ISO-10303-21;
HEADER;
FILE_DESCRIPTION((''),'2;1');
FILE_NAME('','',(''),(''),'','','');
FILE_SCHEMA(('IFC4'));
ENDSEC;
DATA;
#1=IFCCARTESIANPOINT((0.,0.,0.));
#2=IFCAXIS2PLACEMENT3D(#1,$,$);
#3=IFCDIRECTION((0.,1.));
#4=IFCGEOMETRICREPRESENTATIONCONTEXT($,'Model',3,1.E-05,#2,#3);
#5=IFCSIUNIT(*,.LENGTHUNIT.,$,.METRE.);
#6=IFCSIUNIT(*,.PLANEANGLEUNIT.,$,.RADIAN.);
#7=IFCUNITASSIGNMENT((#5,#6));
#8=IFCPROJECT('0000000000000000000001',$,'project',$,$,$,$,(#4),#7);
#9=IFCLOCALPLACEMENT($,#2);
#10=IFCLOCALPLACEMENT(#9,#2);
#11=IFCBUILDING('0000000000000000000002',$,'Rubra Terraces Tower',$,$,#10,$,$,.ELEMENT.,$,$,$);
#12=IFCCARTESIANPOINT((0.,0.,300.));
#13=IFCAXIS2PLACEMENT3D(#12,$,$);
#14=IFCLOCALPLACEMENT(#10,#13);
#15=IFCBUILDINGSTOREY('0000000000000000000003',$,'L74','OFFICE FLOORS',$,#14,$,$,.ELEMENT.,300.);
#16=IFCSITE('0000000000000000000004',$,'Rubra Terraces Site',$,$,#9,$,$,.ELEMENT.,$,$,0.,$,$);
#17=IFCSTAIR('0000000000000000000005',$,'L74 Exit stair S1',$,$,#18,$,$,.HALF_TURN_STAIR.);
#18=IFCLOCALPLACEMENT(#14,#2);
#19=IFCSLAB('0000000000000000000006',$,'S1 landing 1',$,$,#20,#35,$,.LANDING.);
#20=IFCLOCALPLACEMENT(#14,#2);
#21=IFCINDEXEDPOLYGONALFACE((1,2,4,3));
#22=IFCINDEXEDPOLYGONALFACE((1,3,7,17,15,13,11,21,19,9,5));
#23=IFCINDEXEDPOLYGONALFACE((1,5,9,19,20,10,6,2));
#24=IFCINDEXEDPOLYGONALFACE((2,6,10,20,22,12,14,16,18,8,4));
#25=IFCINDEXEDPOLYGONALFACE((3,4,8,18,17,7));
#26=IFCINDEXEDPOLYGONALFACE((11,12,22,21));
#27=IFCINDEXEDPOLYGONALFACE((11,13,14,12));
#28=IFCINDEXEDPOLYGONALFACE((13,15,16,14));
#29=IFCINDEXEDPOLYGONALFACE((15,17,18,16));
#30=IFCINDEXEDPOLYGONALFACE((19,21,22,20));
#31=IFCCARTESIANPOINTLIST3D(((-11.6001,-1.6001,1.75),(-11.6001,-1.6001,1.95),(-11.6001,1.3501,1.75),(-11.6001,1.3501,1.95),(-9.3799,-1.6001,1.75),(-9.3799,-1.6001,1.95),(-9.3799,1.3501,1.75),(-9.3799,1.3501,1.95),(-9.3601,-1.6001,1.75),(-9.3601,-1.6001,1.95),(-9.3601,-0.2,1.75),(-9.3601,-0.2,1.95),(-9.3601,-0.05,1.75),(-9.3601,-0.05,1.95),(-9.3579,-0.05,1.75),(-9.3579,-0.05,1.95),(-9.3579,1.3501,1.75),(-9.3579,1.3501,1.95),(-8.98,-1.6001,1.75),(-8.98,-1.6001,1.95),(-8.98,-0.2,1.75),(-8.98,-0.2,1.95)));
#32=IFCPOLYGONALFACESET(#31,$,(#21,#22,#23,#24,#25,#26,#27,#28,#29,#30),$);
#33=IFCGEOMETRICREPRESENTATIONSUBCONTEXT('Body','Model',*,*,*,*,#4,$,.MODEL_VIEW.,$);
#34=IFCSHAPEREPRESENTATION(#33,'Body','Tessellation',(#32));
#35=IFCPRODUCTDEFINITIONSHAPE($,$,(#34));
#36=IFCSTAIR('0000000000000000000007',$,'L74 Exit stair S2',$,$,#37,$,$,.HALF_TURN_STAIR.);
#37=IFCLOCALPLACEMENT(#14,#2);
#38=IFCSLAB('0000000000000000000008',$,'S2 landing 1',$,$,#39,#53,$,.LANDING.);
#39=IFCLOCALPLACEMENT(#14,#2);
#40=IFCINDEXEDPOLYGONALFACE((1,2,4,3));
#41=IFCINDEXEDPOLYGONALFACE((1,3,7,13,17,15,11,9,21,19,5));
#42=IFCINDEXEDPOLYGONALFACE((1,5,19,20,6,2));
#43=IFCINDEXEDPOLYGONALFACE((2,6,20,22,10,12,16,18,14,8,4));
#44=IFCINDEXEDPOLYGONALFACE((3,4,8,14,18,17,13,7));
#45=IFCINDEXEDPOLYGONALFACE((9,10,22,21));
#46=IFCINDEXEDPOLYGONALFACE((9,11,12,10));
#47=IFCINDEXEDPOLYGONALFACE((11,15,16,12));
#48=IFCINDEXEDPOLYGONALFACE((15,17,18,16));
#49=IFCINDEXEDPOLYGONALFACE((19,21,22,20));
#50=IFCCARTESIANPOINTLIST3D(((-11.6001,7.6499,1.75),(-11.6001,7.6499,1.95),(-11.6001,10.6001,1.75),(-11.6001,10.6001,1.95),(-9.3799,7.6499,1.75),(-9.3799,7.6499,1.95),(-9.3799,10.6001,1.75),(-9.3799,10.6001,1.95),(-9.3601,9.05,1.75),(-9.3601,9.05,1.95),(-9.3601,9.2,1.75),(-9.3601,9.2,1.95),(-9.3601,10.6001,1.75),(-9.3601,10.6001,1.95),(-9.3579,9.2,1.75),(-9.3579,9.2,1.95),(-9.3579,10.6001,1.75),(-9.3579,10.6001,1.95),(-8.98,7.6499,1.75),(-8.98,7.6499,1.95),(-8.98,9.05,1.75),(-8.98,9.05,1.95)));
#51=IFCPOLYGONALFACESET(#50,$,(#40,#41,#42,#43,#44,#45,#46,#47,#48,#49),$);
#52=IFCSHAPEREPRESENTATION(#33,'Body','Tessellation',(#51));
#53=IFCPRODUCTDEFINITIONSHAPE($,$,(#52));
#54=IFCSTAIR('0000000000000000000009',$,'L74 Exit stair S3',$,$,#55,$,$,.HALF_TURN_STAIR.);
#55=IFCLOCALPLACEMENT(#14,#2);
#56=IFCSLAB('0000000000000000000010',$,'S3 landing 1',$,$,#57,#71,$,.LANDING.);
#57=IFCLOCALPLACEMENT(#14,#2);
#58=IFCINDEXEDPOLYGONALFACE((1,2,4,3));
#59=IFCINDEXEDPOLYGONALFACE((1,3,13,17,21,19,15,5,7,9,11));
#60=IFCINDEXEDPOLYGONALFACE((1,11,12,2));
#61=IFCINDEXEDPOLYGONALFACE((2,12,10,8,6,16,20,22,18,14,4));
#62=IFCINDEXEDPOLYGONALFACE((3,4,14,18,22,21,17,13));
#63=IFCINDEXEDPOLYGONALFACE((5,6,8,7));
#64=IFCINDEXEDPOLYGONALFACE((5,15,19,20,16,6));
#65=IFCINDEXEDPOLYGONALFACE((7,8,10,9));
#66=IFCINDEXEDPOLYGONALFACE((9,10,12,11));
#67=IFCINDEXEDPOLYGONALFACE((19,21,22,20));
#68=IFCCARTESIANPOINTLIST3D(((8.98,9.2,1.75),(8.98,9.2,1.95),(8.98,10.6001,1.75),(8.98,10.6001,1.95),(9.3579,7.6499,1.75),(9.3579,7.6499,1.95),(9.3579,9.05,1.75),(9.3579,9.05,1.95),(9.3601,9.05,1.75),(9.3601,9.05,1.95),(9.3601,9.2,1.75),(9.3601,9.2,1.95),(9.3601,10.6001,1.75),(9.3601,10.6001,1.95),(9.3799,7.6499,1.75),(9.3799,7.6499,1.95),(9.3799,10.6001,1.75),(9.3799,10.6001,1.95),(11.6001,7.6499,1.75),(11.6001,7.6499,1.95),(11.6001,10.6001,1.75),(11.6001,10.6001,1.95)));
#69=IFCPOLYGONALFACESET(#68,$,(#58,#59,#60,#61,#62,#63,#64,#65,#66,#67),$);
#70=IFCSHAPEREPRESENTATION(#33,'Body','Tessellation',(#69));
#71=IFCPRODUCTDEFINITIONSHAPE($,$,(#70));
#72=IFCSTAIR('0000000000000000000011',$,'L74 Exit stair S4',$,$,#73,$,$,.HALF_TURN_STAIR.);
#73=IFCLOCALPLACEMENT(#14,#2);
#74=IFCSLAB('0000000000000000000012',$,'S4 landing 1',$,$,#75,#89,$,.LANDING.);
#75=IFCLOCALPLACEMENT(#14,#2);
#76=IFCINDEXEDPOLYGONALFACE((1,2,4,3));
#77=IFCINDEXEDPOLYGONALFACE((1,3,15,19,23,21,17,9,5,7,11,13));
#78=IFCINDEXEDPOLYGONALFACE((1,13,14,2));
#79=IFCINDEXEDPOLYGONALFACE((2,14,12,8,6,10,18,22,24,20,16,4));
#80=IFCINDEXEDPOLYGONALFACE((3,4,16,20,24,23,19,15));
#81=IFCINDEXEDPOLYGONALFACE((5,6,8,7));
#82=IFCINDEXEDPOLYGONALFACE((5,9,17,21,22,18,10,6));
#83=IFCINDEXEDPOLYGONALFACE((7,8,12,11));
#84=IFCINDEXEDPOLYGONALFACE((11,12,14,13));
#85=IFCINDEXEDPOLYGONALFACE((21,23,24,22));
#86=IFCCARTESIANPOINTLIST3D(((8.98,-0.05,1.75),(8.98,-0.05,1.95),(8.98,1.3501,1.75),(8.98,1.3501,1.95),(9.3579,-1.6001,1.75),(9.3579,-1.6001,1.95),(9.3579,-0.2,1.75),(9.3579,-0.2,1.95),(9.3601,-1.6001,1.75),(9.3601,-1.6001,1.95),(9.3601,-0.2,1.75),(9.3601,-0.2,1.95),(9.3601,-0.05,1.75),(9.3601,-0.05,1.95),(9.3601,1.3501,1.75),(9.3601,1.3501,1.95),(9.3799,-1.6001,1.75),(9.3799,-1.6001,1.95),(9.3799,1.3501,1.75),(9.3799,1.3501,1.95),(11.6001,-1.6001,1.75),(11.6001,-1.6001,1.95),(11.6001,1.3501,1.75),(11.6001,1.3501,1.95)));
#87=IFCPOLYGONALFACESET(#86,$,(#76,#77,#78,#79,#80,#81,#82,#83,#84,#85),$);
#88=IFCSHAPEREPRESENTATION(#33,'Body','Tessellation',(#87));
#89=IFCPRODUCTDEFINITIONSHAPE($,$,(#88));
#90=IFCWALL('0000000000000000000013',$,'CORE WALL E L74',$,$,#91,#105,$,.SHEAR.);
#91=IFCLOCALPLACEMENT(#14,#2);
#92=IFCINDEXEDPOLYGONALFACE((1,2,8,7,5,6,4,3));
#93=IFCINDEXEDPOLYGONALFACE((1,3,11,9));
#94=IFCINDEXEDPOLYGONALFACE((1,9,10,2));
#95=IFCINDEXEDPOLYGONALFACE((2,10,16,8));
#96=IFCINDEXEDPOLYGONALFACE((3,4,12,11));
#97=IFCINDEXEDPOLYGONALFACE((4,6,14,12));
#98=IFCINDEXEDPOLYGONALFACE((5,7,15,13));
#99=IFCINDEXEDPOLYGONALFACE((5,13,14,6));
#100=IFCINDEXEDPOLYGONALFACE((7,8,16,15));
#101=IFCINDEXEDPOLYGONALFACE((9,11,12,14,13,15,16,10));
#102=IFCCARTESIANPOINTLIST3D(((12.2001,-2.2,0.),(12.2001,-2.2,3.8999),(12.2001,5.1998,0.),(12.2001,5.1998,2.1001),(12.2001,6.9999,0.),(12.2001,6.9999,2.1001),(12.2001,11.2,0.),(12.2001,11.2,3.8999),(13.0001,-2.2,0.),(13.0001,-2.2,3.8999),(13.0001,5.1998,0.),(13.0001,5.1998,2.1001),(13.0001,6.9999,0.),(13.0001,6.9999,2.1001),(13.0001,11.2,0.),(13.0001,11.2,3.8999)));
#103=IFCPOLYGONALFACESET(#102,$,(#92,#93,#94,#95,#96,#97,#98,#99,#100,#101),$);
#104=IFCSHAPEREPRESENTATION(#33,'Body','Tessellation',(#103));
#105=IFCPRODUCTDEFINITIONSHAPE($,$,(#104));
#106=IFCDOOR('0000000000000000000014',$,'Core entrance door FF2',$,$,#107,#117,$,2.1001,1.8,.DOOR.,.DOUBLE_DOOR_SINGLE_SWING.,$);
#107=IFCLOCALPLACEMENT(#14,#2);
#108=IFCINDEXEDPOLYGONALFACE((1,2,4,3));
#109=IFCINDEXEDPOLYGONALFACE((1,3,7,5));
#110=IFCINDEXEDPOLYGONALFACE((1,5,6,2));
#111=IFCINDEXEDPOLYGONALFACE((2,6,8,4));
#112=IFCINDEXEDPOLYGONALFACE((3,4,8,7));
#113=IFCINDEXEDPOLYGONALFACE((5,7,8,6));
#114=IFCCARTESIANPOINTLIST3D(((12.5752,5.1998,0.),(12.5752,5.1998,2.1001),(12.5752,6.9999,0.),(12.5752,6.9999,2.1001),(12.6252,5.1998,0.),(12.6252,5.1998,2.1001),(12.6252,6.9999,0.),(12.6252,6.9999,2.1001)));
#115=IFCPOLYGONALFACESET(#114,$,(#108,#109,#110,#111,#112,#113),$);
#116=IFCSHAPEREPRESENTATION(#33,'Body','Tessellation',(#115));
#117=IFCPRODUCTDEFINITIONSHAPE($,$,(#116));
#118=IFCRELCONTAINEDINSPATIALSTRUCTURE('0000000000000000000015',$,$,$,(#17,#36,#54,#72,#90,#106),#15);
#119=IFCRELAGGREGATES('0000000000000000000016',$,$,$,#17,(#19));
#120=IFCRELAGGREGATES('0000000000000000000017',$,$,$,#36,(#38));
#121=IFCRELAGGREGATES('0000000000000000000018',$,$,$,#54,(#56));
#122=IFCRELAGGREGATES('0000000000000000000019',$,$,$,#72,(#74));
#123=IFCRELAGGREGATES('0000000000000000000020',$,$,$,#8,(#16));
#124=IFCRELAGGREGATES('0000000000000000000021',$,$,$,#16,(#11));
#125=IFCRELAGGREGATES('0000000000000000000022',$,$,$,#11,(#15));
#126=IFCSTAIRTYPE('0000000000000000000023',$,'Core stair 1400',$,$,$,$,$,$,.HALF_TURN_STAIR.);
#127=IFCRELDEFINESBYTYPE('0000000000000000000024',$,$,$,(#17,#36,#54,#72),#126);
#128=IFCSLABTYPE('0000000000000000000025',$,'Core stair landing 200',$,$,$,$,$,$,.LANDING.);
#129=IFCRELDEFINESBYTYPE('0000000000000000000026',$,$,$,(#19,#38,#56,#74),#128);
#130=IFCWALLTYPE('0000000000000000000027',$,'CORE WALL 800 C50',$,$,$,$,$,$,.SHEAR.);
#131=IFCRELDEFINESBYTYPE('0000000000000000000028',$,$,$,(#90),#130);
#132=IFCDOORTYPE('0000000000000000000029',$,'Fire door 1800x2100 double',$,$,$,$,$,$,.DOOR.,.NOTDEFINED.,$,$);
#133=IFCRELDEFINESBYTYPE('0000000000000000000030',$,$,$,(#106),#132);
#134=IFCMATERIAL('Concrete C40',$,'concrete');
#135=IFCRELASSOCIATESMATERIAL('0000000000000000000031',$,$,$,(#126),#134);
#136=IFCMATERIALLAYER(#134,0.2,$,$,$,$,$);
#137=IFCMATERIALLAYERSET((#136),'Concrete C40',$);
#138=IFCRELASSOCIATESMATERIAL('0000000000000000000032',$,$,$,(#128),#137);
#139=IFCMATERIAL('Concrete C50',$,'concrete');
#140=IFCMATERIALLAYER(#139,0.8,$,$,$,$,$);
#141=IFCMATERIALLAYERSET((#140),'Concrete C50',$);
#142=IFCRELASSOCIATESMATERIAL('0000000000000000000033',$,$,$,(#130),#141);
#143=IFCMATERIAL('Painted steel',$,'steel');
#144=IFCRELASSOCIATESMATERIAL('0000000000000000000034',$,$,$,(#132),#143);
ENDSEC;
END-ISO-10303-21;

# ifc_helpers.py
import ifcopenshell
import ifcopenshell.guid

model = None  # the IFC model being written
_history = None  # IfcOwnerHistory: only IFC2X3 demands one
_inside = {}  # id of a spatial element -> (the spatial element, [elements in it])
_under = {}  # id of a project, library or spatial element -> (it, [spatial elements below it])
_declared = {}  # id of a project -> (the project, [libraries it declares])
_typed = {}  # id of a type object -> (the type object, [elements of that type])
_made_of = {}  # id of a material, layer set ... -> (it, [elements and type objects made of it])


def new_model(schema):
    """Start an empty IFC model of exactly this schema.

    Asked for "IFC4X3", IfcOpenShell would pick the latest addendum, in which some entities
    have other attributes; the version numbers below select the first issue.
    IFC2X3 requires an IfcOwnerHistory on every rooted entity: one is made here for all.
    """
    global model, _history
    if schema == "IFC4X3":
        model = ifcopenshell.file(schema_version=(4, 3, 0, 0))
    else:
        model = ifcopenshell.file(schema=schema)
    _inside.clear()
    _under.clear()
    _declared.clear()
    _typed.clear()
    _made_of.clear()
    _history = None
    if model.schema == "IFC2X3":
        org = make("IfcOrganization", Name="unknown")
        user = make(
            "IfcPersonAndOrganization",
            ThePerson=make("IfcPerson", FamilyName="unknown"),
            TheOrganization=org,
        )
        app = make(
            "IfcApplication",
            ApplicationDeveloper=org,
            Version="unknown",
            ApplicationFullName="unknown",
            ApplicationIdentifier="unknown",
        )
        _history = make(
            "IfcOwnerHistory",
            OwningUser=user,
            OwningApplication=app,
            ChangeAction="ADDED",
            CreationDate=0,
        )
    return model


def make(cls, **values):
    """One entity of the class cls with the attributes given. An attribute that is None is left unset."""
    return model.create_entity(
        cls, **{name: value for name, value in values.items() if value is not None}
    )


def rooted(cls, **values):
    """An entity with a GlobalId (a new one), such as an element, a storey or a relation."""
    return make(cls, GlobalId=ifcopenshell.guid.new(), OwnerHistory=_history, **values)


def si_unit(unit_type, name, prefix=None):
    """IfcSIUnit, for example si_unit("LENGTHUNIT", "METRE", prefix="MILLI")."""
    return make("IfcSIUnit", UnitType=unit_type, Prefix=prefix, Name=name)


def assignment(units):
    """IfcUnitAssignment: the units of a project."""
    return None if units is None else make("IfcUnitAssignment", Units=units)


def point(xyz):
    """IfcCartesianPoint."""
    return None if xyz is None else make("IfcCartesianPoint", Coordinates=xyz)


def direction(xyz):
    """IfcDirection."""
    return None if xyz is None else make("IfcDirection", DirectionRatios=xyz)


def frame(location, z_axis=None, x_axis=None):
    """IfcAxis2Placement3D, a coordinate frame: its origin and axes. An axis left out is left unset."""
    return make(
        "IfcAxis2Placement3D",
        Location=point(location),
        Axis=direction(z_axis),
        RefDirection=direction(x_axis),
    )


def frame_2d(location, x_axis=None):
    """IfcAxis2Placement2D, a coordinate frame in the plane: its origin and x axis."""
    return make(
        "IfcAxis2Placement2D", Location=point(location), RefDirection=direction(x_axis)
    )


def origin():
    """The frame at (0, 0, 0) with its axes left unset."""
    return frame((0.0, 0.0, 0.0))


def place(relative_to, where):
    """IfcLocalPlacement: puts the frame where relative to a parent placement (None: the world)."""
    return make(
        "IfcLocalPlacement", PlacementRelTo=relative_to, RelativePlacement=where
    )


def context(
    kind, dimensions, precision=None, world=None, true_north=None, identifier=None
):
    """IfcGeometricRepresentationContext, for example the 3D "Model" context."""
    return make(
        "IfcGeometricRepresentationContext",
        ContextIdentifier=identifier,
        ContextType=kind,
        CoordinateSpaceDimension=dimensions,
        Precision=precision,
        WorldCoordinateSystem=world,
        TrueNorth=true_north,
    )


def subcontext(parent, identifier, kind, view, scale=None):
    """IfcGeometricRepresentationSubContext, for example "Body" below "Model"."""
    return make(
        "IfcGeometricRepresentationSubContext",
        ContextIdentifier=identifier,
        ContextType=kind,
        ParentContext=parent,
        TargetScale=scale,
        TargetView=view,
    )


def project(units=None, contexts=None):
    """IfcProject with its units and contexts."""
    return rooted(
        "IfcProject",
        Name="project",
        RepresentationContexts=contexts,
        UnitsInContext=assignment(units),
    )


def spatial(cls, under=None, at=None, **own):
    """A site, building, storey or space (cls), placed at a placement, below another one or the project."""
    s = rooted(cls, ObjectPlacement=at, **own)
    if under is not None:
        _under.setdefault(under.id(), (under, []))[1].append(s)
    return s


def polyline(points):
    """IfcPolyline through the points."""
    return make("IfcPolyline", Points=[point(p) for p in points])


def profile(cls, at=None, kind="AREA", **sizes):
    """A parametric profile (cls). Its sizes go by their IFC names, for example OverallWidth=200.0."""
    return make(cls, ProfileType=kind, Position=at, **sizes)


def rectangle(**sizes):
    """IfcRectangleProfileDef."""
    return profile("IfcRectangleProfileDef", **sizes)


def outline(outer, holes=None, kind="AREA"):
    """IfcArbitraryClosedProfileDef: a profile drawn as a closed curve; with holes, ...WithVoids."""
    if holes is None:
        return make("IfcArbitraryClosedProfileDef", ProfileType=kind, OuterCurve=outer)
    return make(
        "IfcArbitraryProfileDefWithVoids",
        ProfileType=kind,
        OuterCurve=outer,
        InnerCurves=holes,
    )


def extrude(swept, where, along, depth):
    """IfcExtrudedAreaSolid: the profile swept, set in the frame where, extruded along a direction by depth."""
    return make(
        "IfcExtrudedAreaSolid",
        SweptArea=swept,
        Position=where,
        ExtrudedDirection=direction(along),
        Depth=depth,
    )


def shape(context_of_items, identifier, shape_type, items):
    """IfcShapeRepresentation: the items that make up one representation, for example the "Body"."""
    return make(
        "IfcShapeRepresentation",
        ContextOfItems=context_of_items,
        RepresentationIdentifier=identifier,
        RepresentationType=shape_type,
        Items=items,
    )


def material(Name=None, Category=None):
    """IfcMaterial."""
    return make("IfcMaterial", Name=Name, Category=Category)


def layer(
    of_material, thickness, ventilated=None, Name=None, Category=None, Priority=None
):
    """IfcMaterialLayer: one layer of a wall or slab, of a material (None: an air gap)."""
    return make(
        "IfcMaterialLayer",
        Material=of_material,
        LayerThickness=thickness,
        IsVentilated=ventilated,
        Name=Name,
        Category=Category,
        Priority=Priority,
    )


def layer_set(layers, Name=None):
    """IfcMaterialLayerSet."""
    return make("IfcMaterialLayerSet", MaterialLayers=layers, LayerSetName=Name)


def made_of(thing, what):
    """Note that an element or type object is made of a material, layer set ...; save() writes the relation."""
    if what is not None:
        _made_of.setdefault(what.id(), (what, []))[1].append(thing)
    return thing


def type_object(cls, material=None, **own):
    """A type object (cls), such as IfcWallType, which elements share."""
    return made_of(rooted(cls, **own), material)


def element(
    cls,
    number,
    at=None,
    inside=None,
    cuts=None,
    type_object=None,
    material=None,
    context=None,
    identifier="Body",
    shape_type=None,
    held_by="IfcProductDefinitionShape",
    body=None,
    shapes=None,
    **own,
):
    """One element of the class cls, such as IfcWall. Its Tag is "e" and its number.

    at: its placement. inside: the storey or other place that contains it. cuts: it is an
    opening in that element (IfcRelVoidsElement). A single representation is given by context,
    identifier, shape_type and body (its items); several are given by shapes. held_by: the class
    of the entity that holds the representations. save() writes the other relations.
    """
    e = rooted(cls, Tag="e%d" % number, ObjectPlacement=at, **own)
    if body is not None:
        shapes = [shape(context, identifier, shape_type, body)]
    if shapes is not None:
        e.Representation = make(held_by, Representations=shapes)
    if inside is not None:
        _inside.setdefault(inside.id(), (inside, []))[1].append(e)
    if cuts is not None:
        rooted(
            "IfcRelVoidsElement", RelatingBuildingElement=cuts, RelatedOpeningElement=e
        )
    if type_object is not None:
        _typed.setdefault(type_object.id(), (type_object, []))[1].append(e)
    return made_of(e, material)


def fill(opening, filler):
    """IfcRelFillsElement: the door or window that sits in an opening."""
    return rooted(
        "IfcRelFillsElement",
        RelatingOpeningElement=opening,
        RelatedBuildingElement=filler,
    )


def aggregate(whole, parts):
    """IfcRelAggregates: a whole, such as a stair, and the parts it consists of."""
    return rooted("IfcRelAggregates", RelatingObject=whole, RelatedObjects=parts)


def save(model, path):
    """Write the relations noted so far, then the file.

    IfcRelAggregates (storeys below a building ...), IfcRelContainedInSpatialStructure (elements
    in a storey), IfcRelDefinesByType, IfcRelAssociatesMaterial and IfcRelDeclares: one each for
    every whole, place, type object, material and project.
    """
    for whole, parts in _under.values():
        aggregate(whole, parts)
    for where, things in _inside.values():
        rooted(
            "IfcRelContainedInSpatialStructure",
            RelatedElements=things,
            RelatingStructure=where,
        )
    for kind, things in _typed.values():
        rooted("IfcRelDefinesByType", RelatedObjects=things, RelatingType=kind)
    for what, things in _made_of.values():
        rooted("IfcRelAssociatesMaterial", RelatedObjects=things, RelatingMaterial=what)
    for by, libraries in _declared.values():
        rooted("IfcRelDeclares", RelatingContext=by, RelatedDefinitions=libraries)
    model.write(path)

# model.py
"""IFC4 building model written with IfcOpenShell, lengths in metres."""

from ifc_helpers import new_model, si_unit, direction, frame, frame_2d, origin, place, context, subcontext, project, spatial, polyline, rectangle, outline, extrude, material, layer, layer_set, type_object, element, fill, aggregate, save


model = new_model("IFC4")

# Units and contexts
model_context = context("Model", 3, precision=1e-05, world=origin(), true_north=direction((0.0, 1.0)))
body_context = subcontext(model_context, "Body", "Model", "MODEL_VIEW")
ifc_project = project(units=[si_unit("LENGTHUNIT", "METRE"), si_unit("PLANEANGLEUNIT", "RADIAN")], contexts=[model_context])

# Site, building, storey
site_placement = place(None, origin())
site = spatial("IfcSite", under=ifc_project, at=site_placement, Name="Rubra Terraces Site", CompositionType="ELEMENT", RefElevation=0.0)
building_placement = place(site_placement, origin())
building = spatial("IfcBuilding", under=site, at=building_placement, Name="Rubra Terraces Tower", CompositionType="ELEMENT")
storey_placement = place(building_placement, frame((0.0, 0.0, 300.0)))
storey = spatial("IfcBuildingStorey", under=building, at=storey_placement, Name="L74", Description="OFFICE FLOORS", CompositionType="ELEMENT", Elevation=300.0)

# Stairs, slabs
ifc_material_1 = material(Name="Concrete C40", Category="concrete")
stair_type = type_object("IfcStairType", Name="Core stair 1400", PredefinedType="HALF_TURN_STAIR", material=ifc_material_1)
stair_1_placement = place(storey_placement, origin())
stair_1 = element("IfcStair", 1, at=stair_1_placement, inside=storey, type_object=stair_type, Name="L74 Exit stair S1", PredefinedType="HALF_TURN_STAIR")
ifc_layer_1 = layer(ifc_material_1, 0.2)
ifc_layer_set_1 = layer_set([ifc_layer_1], Name="Concrete C40")
slab_type = type_object("IfcSlabType", Name="Core stair landing 200", PredefinedType="LANDING", material=ifc_layer_set_1)
slab_1_placement = place(storey_placement, frame((0.0, 0.0, 1.75)))
slab_1 = element("IfcSlab", 2, at=slab_1_placement, type_object=slab_type, Name="S1 landing 1", PredefinedType="LANDING", context=body_context, shape_type="SweptSolid", body=[
    extrude(outline(polyline([(-8.98, -0.2), (-8.98, -1.6001), (-9.3601, -1.6001), (-9.3799, -1.6001), (-11.6001, -1.6001), (-11.6001, 1.3501), (-9.3799, 1.3501), (-9.3579, 1.3501), (-9.3579, -0.05), (-9.3601, -0.05), (-9.3601, -0.2), (-8.98, -0.2)])), origin(), (0.0, 0.0, 1.0), 0.2),
])
aggregate(stair_1, [slab_1])
stair_2_placement = place(storey_placement, origin())
stair_2 = element("IfcStair", 3, at=stair_2_placement, inside=storey, type_object=stair_type, Name="L74 Exit stair S2", PredefinedType="HALF_TURN_STAIR")
slab_2_placement = place(storey_placement, frame((0.0, 0.0, 1.75)))
slab_2 = element("IfcSlab", 4, at=slab_2_placement, type_object=slab_type, Name="S2 landing 1", PredefinedType="LANDING", context=body_context, shape_type="SweptSolid", body=[
    extrude(outline(polyline([(-8.98, 9.05), (-8.98, 7.6499), (-9.3799, 7.6499), (-11.6001, 7.6499), (-11.6001, 10.6001), (-9.3799, 10.6001), (-9.3601, 10.6001), (-9.3579, 10.6001), (-9.3579, 9.2), (-9.3601, 9.2), (-9.3601, 9.05), (-8.98, 9.05)])), origin(), (0.0, 0.0, 1.0), 0.2),
])
aggregate(stair_2, [slab_2])
stair_3_placement = place(storey_placement, origin())
stair_3 = element("IfcStair", 5, at=stair_3_placement, inside=storey, type_object=stair_type, Name="L74 Exit stair S3", PredefinedType="HALF_TURN_STAIR")
slab_3_placement = place(storey_placement, frame((0.0, 0.0, 1.75)))
slab_3 = element("IfcSlab", 6, at=slab_3_placement, type_object=slab_type, Name="S3 landing 1", PredefinedType="LANDING", context=body_context, shape_type="SweptSolid", body=[
    extrude(outline(polyline([(9.3601, 9.05), (9.3601, 9.2), (8.98, 9.2), (8.98, 10.6001), (9.3601, 10.6001), (9.3799, 10.6001), (11.6001, 10.6001), (11.6001, 7.6499), (9.3799, 7.6499), (9.3579, 7.6499), (9.3579, 9.05), (9.3601, 9.05)])), origin(), (0.0, 0.0, 1.0), 0.2),
])
aggregate(stair_3, [slab_3])
stair_4_placement = place(storey_placement, origin())
stair_4 = element("IfcStair", 7, at=stair_4_placement, inside=storey, type_object=stair_type, Name="L74 Exit stair S4", PredefinedType="HALF_TURN_STAIR")
slab_4_placement = place(storey_placement, frame((0.0, 0.0, 1.75)))
slab_4 = element("IfcSlab", 8, at=slab_4_placement, type_object=slab_type, Name="S4 landing 1", PredefinedType="LANDING", context=body_context, shape_type="SweptSolid", body=[
    extrude(outline(polyline([(9.3601, -0.2), (9.3601, -0.05), (8.98, -0.05), (8.98, 1.3501), (9.3601, 1.3501), (9.3799, 1.3501), (11.6001, 1.3501), (11.6001, -1.6001), (9.3799, -1.6001), (9.3601, -1.6001), (9.3579, -1.6001), (9.3579, -0.2), (9.3601, -0.2)])), origin(), (0.0, 0.0, 1.0), 0.2),
])

# Wall, opening, door
ifc_material_2 = material(Name="Concrete C50", Category="concrete")
ifc_layer_2 = layer(ifc_material_2, 0.8)
ifc_layer_set_2 = layer_set([ifc_layer_2], Name="Concrete C50")
wall_type_1 = type_object("IfcWallType", Name="CORE WALL 800 C50", PredefinedType="SHEAR", material=ifc_layer_set_2)
wall_1_placement = place(storey_placement, frame((12.6001, -2.2, 0.0), z_axis=(0.0, 0.0, 1.0), x_axis=(0.0, 1.0, 0.0)))
wall_1 = element("IfcWall", 9, at=wall_1_placement, inside=storey, type_object=wall_type_1, Name="CORE WALL E L74", PredefinedType="SHEAR", context=body_context, shape_type="SweptSolid", body=[
    extrude(rectangle(XDim=13.3999, YDim=0.8, at=frame_2d((6.7, 0.0))), origin(), (0.0, 0.0, 1.0), 3.8999),
])
opening_1_placement = place(wall_1_placement, frame((7.3999, 0.0, 0.0)))
opening_1 = element("IfcOpeningElement", 10, at=opening_1_placement, cuts=wall_1, PredefinedType="OPENING", context=body_context, shape_type="SweptSolid", body=[
    extrude(rectangle(XDim=1.8, YDim=2.1001, at=frame_2d((0.8999, 1.05))), frame((0.0, 0.4099, 0.0), z_axis=(0.0, -1.0, 0.0), x_axis=(1.0, 0.0, 0.0)), (0.0, 0.0, 1.0), 0.8201),
])
ifc_material_3 = material(Name="Painted steel", Category="steel")
door_type_1 = type_object("IfcDoorType", Name="Fire door 1800x2100 double", OperationType="NOTDEFINED", PredefinedType="DOOR", material=ifc_material_3)
door_1_placement = place(opening_1_placement, origin())
door_1 = element("IfcDoor", 11, at=door_1_placement, inside=storey, type_object=door_type_1, Name="Core entrance door FF2", OperationType="DOUBLE_DOOR_SINGLE_SWING", OverallHeight=2.1001, OverallWidth=1.8, PredefinedType="DOOR", context=body_context, shape_type="SweptSolid", body=[
    extrude(rectangle(XDim=1.8, YDim=2.1001, at=frame_2d((0.8999, 1.05))), frame((0.0, 0.0249, 0.0), z_axis=(0.0, -1.0, 0.0), x_axis=(1.0, 0.0, 0.0)), (0.0, 0.0, 1.0), 0.05),
])
fill(opening_1, door_1)

aggregate(stair_4, [slab_4])

save(model, "model.ifc")
